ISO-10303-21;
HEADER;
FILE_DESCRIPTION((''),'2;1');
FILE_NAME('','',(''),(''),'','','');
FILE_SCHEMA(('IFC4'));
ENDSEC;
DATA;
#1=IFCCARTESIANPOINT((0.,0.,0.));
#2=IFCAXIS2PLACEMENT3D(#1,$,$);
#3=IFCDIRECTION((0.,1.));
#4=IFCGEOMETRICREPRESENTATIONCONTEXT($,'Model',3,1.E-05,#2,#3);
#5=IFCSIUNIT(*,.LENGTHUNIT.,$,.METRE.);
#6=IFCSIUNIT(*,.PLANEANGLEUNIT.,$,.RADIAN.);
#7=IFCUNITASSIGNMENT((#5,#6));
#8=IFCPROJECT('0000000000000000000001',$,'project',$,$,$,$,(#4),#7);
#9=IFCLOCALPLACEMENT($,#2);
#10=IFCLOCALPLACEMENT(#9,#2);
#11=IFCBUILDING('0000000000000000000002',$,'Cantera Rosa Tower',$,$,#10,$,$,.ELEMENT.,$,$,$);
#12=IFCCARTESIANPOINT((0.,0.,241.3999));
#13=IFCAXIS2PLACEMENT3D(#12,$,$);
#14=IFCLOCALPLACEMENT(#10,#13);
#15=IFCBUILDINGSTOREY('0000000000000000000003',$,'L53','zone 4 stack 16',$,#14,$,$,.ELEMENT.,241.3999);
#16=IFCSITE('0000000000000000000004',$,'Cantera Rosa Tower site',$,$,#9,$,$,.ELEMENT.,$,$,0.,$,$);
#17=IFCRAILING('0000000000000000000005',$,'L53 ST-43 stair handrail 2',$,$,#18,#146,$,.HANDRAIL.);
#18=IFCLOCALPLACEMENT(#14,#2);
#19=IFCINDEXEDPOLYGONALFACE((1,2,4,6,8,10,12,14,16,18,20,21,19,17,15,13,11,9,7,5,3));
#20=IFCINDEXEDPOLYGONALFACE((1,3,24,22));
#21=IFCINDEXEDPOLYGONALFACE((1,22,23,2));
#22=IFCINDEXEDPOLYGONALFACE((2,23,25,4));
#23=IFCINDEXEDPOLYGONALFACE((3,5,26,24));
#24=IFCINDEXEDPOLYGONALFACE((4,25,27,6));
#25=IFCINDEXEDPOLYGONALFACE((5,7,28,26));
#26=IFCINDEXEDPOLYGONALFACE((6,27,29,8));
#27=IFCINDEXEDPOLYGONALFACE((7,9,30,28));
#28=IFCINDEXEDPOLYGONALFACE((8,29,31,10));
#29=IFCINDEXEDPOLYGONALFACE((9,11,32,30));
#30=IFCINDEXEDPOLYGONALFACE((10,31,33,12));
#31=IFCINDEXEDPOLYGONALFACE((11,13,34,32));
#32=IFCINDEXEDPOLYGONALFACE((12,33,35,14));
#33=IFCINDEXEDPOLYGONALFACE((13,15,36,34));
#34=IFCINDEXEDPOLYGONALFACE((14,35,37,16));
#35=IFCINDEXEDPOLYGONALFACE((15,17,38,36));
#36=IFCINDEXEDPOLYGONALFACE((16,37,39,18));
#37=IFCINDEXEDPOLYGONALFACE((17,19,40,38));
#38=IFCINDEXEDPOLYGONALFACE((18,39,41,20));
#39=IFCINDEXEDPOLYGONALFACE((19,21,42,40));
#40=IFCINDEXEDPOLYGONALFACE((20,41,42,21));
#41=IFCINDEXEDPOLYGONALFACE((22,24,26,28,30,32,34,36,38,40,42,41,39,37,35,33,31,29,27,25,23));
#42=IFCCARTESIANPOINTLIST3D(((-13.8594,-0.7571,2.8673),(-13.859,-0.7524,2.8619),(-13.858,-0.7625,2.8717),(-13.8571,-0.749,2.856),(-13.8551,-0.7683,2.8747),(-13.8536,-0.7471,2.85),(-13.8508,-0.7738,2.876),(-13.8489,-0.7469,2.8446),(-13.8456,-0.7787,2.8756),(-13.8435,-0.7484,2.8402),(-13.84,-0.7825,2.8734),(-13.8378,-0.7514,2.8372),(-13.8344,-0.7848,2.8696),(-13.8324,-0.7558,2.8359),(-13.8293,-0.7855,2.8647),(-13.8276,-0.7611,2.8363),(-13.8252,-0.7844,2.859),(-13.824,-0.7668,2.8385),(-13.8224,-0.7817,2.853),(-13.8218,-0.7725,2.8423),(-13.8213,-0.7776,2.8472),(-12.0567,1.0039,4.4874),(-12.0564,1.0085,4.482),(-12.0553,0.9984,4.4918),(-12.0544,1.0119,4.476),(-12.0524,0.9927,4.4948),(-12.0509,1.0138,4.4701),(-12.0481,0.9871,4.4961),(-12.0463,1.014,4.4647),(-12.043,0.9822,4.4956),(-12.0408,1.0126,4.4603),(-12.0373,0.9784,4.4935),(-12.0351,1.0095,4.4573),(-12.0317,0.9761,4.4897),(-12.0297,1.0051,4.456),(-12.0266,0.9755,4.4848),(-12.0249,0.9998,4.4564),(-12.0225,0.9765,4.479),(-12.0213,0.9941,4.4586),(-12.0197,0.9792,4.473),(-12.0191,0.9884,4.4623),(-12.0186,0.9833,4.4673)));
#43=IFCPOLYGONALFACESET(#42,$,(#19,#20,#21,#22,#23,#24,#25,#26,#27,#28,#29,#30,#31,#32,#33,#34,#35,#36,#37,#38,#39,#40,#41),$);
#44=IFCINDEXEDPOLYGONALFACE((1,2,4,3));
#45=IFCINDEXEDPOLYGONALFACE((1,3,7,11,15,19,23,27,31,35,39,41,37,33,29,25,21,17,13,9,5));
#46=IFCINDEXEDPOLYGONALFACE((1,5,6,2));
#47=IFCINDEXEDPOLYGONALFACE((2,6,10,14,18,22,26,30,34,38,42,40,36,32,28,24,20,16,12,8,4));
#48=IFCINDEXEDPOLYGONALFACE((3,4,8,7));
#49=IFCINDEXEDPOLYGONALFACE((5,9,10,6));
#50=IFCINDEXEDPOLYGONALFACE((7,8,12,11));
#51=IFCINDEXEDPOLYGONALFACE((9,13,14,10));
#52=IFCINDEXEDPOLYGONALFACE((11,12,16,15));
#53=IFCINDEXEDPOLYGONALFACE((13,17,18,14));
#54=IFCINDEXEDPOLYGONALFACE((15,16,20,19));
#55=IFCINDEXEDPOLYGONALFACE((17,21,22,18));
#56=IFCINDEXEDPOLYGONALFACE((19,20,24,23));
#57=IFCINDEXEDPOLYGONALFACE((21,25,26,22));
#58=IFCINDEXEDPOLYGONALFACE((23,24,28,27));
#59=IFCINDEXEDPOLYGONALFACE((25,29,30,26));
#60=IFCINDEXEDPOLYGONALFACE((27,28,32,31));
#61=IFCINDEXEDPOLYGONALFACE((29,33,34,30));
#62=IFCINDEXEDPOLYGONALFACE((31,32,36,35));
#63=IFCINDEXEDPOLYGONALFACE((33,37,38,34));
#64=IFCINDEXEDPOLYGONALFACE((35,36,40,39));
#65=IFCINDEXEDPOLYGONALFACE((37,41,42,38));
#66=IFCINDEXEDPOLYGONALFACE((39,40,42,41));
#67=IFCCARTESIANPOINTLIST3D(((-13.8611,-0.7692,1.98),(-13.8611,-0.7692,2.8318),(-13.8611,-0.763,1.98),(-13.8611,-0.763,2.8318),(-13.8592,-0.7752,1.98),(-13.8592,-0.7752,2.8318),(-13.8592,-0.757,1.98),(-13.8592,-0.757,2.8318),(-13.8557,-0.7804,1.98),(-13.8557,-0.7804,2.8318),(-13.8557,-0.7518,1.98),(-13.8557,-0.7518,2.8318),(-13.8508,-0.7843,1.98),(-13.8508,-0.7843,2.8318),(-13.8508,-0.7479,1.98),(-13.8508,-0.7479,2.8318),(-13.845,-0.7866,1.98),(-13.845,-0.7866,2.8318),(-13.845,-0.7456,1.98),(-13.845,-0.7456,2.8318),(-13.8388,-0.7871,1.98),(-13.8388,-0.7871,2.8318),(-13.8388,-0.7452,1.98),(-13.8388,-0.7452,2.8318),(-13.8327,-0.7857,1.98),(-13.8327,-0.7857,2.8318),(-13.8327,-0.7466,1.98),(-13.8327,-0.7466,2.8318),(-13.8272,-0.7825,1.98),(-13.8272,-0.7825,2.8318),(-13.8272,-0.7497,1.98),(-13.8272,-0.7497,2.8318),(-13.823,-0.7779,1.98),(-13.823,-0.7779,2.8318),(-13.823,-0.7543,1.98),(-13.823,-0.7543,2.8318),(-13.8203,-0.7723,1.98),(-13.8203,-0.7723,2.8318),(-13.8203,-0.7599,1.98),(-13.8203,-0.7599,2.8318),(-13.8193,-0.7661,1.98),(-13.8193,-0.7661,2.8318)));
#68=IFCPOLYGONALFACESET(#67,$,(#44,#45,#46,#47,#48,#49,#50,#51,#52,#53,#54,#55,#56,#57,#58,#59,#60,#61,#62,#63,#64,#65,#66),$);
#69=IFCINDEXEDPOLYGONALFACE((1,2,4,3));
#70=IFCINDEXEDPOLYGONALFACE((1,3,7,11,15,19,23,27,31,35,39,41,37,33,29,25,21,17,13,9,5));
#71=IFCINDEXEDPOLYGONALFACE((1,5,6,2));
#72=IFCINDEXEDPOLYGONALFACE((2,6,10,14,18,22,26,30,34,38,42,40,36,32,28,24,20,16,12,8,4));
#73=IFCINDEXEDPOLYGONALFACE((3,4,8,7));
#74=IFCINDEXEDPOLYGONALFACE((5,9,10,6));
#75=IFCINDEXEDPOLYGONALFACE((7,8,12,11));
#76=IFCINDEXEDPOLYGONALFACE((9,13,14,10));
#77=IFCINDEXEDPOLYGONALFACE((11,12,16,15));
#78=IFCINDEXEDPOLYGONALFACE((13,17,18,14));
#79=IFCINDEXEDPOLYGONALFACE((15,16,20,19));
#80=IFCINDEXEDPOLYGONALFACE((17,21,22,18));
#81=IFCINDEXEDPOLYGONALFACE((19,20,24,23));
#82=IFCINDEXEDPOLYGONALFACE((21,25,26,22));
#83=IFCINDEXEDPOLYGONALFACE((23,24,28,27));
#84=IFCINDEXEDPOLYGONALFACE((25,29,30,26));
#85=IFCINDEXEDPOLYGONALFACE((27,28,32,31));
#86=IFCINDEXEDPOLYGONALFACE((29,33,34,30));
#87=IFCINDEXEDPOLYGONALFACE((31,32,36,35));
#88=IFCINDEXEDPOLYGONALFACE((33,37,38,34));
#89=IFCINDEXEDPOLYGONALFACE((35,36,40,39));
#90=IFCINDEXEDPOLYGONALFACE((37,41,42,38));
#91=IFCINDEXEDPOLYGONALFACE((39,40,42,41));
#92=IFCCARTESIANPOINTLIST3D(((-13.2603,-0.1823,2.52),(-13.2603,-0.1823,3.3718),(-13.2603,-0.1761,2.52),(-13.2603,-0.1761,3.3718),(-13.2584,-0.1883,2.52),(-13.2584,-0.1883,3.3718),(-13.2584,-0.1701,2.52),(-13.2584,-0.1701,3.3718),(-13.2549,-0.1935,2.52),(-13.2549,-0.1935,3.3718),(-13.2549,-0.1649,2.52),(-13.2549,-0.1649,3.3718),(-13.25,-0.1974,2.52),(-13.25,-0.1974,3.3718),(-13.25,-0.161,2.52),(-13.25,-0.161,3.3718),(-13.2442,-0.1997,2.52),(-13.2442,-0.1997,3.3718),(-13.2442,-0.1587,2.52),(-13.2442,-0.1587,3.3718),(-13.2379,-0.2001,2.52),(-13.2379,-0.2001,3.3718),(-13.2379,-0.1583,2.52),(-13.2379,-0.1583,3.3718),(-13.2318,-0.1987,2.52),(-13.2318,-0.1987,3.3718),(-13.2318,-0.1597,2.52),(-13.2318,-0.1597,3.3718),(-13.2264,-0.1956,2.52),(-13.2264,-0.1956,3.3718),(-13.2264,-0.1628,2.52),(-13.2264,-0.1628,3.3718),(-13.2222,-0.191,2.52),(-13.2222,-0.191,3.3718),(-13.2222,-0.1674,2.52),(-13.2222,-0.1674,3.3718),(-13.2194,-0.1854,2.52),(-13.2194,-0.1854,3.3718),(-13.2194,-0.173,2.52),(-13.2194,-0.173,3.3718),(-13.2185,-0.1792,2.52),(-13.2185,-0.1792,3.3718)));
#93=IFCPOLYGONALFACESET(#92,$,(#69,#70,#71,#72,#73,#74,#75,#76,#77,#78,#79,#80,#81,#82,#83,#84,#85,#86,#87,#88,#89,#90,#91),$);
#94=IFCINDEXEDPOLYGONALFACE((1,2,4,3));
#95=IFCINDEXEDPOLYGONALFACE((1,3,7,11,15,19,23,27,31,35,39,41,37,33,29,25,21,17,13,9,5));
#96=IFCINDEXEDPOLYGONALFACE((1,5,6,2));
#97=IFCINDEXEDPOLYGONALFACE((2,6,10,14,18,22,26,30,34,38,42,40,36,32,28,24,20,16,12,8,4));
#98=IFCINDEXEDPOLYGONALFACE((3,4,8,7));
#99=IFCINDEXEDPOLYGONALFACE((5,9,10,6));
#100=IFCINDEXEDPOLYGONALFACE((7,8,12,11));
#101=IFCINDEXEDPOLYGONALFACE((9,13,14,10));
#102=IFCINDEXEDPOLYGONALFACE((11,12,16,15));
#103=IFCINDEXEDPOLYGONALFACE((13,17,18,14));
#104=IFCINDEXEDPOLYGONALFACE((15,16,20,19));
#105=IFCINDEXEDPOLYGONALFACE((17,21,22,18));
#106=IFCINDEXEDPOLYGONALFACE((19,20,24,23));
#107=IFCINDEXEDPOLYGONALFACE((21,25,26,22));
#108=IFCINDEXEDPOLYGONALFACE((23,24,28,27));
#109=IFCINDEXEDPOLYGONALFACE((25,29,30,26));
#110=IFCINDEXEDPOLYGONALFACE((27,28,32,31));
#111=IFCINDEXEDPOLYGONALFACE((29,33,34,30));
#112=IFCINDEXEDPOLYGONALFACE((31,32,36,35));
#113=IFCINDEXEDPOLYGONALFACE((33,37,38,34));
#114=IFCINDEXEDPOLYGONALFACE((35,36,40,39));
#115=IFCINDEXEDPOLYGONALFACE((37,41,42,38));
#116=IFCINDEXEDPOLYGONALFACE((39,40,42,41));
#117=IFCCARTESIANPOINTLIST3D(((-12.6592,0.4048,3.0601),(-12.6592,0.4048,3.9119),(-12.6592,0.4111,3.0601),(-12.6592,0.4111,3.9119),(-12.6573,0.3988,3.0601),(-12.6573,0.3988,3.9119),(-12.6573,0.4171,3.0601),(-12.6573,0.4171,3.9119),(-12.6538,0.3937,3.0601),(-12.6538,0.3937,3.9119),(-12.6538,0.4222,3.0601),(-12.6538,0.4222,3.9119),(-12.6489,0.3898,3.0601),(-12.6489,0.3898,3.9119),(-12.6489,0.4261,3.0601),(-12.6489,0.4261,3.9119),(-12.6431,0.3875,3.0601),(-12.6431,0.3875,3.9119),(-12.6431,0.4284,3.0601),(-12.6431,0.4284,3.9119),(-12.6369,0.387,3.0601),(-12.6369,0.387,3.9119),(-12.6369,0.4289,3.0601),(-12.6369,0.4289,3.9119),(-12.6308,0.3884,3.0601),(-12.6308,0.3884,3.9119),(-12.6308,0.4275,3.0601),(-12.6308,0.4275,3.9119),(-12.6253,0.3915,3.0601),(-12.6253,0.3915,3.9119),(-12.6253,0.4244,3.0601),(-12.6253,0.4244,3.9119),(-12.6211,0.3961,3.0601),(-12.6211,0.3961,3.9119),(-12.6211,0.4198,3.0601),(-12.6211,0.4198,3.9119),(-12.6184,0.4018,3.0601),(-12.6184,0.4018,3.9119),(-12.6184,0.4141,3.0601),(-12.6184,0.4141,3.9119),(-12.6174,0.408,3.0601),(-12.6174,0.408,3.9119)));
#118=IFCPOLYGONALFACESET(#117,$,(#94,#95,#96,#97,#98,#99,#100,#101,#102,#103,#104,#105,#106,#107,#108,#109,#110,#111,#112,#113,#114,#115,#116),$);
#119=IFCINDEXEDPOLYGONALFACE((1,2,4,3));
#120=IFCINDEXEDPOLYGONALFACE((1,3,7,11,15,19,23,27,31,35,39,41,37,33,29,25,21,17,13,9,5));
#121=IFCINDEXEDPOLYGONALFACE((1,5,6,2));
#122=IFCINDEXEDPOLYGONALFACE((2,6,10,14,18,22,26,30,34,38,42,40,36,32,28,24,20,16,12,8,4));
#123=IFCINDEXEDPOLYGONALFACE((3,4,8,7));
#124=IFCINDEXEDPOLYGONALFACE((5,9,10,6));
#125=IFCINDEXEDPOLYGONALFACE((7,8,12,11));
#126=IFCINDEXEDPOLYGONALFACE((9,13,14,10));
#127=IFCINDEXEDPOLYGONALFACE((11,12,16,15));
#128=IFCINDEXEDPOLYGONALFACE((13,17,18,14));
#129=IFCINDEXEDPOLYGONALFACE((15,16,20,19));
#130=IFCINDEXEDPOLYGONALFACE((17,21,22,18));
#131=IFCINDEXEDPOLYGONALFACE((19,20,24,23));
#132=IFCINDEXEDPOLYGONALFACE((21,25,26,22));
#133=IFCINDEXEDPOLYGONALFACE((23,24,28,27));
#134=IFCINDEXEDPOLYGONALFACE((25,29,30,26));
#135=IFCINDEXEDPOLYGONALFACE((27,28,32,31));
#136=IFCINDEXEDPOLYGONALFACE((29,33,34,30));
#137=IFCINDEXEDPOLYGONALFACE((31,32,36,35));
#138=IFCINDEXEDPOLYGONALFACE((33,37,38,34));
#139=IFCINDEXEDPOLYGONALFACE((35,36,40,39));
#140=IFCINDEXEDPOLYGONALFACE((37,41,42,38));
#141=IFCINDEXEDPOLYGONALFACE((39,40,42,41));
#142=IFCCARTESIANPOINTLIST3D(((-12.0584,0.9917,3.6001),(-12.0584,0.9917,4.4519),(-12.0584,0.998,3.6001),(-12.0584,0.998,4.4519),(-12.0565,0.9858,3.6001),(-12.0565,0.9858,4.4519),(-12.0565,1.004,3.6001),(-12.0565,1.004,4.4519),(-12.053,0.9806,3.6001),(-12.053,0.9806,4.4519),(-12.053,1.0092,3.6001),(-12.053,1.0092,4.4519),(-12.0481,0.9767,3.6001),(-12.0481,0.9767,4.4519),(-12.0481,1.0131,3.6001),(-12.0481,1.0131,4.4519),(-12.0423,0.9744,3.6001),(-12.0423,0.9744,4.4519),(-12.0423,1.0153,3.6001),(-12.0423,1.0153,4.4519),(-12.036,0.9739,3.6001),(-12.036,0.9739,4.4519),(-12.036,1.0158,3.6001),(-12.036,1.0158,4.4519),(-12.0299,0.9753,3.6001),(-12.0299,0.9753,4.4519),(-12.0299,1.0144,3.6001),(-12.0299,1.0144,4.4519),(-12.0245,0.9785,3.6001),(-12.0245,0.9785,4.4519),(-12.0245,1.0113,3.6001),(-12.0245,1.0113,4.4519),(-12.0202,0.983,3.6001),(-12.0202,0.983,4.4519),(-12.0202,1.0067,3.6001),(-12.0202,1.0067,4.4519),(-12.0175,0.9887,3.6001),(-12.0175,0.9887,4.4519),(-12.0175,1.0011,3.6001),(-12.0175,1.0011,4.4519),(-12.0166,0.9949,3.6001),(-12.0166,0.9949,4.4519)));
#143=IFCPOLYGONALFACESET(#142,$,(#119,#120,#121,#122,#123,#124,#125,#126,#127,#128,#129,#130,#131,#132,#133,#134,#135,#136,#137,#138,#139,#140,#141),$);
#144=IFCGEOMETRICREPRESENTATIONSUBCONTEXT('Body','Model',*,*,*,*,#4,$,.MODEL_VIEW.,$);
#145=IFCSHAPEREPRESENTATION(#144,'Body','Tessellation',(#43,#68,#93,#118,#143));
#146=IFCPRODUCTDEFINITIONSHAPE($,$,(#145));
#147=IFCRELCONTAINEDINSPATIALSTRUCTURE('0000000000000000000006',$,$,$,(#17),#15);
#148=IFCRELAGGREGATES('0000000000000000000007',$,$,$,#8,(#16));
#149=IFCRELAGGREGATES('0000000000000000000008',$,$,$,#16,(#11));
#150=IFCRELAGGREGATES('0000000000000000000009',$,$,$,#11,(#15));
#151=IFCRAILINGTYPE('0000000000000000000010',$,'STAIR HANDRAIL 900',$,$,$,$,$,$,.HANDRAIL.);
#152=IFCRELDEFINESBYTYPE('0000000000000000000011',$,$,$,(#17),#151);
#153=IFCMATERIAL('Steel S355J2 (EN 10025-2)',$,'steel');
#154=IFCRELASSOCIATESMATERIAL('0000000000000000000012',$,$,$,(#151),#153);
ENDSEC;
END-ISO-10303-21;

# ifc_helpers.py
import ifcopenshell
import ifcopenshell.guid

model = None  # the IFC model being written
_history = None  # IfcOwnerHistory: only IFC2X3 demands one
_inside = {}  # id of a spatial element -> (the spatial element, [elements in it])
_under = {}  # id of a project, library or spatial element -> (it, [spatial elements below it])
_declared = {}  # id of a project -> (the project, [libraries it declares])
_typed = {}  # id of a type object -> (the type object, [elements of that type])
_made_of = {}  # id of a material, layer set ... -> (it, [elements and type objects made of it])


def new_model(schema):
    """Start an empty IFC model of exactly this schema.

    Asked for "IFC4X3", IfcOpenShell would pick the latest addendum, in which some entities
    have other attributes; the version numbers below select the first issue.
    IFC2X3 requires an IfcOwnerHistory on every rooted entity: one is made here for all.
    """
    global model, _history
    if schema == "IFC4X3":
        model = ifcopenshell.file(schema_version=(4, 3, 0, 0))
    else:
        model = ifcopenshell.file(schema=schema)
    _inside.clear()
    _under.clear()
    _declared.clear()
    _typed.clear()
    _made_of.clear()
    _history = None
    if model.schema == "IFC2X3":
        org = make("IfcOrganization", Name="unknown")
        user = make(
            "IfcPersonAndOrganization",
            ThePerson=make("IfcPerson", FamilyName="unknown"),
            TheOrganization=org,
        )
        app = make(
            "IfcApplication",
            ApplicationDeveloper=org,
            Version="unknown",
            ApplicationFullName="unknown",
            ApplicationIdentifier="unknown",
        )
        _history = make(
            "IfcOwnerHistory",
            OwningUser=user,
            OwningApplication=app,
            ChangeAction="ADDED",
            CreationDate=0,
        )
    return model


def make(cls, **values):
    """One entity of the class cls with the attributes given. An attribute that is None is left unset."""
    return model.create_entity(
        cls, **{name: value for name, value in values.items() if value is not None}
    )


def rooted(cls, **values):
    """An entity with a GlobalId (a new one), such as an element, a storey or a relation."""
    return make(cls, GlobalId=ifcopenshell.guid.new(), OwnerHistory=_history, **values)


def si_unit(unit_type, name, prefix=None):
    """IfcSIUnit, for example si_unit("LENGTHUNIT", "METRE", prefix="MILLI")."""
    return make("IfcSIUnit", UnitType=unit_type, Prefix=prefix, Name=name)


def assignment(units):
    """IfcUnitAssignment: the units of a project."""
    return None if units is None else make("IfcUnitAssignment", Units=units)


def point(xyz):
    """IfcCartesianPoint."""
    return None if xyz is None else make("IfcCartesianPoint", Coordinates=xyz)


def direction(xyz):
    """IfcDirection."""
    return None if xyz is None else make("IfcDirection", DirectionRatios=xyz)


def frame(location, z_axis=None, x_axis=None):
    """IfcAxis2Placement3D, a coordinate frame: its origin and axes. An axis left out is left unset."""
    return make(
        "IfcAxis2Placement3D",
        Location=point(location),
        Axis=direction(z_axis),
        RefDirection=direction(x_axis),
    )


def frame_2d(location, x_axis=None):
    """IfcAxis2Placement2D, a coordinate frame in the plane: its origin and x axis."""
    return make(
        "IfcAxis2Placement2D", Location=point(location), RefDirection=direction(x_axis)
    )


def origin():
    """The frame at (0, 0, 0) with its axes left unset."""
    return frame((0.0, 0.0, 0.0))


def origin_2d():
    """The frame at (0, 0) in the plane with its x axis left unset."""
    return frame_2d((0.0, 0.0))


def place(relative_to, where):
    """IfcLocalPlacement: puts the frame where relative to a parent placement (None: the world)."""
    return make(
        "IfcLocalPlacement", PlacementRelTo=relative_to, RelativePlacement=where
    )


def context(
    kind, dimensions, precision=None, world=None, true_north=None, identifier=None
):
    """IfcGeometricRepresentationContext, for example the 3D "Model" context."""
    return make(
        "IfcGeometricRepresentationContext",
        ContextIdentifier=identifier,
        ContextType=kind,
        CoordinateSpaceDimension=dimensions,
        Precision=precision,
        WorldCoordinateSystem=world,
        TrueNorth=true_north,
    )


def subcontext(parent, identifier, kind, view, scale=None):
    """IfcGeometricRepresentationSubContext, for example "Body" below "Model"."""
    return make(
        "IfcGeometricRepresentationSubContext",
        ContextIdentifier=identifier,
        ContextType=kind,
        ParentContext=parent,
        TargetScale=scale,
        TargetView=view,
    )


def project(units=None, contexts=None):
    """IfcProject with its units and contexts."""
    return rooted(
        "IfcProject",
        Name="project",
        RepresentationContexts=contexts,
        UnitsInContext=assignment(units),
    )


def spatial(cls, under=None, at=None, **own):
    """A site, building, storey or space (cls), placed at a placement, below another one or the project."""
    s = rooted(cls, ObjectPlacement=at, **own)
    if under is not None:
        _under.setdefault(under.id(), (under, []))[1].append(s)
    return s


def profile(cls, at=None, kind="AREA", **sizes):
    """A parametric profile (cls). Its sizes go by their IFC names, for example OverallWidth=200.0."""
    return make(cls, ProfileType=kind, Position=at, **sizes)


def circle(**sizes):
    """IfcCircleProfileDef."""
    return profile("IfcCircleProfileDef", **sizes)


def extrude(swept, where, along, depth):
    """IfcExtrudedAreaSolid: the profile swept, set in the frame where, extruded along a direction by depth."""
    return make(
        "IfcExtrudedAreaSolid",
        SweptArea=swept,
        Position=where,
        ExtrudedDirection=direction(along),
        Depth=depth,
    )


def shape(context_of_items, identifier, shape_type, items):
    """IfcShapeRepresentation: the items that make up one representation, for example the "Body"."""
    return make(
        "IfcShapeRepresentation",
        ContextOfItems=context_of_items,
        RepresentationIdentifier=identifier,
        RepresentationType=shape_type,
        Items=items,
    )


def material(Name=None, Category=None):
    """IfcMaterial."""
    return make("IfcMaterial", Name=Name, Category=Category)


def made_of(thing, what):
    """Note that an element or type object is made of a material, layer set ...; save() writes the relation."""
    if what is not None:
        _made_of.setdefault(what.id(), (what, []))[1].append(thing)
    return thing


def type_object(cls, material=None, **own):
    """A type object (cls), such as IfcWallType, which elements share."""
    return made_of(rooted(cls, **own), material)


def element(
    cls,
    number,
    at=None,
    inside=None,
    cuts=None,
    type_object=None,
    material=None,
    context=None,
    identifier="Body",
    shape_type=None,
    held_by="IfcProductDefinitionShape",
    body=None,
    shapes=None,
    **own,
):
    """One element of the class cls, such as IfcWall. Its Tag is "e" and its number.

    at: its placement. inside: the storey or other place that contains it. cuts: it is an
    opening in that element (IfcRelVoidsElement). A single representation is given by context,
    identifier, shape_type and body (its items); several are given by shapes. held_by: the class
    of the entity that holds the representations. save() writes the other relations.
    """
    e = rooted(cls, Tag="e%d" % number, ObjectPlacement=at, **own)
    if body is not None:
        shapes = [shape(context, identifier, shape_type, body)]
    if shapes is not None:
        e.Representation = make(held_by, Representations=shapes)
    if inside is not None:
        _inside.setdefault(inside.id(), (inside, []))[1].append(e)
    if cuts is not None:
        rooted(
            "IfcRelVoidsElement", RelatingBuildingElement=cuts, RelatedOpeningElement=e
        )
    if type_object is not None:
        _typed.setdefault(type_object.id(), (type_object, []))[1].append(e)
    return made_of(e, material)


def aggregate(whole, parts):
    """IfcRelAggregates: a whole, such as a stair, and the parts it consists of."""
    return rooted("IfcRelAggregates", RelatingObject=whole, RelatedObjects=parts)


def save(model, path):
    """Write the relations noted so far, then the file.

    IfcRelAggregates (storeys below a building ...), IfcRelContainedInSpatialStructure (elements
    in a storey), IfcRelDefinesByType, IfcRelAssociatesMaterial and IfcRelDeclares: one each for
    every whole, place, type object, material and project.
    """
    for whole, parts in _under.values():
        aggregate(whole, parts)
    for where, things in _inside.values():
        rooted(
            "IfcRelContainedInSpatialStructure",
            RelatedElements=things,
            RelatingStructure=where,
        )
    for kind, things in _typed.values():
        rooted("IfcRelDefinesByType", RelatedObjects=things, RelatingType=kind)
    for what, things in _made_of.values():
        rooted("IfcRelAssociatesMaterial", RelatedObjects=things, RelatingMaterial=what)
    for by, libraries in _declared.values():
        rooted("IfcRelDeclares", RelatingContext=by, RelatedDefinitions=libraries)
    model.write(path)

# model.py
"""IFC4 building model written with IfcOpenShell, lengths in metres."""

from ifc_helpers import new_model, si_unit, direction, frame, origin, origin_2d, place, context, subcontext, project, spatial, circle, extrude, material, type_object, element, save


model = new_model("IFC4")

# Units and contexts
model_context = context("Model", 3, precision=1e-05, world=origin(), true_north=direction((0.0, 1.0)))
body_context = subcontext(model_context, "Body", "Model", "MODEL_VIEW")
ifc_project = project(units=[si_unit("LENGTHUNIT", "METRE"), si_unit("PLANEANGLEUNIT", "RADIAN")], contexts=[model_context])

# Site, building, storey
site_placement = place(None, origin())
site = spatial("IfcSite", under=ifc_project, at=site_placement, Name="Cantera Rosa Tower site", CompositionType="ELEMENT", RefElevation=0.0)
building_placement = place(site_placement, origin())
building = spatial("IfcBuilding", under=site, at=building_placement, Name="Cantera Rosa Tower", CompositionType="ELEMENT")
storey_placement = place(building_placement, frame((0.0, 0.0, 241.3999)))
storey = spatial("IfcBuildingStorey", under=building, at=storey_placement, Name="L53", Description="zone 4 stack 16", CompositionType="ELEMENT", Elevation=241.3999)

# Railing
ifc_material_1 = material(Name="Steel S355J2 (EN 10025-2)", Category="steel")
railing_type_1 = type_object("IfcRailingType", Name="STAIR HANDRAIL 900", PredefinedType="HANDRAIL", material=ifc_material_1)
railing_1_placement = place(storey_placement, frame((-13.8403, -0.7661, 1.98)))
element("IfcRailing", 1, at=railing_1_placement, inside=storey, type_object=railing_type_1, Name="L53 ST-43 stair handrail 2", PredefinedType="HANDRAIL", context=body_context, shape_type="SweptSolid", body=[
    extrude(circle(Radius=0.0239, at=origin_2d()), frame((0.0, 0.0, 0.876), z_axis=(0.601724, 0.587789, 0.540769), x_axis=(-0.698775, 0.715341, 0.0)), (0.0, 0.0, 1.0), 2.9958),
    extrude(circle(Radius=0.021, at=origin_2d()), origin(), (0.0, 0.0, 1.0), 0.8518),
    extrude(circle(Radius=0.021, at=origin_2d()), frame((0.6008, 0.5869, 0.54)), (0.0, 0.0, 1.0), 0.8518),
    extrude(circle(Radius=0.021, at=origin_2d()), frame((1.2019, 1.1741, 1.0801)), (0.0, 0.0, 1.0), 0.8518),
    extrude(circle(Radius=0.021, at=origin_2d()), frame((1.8027, 1.761, 1.6201)), (0.0, 0.0, 1.0), 0.8518),
])

save(model, "model.ifc")
